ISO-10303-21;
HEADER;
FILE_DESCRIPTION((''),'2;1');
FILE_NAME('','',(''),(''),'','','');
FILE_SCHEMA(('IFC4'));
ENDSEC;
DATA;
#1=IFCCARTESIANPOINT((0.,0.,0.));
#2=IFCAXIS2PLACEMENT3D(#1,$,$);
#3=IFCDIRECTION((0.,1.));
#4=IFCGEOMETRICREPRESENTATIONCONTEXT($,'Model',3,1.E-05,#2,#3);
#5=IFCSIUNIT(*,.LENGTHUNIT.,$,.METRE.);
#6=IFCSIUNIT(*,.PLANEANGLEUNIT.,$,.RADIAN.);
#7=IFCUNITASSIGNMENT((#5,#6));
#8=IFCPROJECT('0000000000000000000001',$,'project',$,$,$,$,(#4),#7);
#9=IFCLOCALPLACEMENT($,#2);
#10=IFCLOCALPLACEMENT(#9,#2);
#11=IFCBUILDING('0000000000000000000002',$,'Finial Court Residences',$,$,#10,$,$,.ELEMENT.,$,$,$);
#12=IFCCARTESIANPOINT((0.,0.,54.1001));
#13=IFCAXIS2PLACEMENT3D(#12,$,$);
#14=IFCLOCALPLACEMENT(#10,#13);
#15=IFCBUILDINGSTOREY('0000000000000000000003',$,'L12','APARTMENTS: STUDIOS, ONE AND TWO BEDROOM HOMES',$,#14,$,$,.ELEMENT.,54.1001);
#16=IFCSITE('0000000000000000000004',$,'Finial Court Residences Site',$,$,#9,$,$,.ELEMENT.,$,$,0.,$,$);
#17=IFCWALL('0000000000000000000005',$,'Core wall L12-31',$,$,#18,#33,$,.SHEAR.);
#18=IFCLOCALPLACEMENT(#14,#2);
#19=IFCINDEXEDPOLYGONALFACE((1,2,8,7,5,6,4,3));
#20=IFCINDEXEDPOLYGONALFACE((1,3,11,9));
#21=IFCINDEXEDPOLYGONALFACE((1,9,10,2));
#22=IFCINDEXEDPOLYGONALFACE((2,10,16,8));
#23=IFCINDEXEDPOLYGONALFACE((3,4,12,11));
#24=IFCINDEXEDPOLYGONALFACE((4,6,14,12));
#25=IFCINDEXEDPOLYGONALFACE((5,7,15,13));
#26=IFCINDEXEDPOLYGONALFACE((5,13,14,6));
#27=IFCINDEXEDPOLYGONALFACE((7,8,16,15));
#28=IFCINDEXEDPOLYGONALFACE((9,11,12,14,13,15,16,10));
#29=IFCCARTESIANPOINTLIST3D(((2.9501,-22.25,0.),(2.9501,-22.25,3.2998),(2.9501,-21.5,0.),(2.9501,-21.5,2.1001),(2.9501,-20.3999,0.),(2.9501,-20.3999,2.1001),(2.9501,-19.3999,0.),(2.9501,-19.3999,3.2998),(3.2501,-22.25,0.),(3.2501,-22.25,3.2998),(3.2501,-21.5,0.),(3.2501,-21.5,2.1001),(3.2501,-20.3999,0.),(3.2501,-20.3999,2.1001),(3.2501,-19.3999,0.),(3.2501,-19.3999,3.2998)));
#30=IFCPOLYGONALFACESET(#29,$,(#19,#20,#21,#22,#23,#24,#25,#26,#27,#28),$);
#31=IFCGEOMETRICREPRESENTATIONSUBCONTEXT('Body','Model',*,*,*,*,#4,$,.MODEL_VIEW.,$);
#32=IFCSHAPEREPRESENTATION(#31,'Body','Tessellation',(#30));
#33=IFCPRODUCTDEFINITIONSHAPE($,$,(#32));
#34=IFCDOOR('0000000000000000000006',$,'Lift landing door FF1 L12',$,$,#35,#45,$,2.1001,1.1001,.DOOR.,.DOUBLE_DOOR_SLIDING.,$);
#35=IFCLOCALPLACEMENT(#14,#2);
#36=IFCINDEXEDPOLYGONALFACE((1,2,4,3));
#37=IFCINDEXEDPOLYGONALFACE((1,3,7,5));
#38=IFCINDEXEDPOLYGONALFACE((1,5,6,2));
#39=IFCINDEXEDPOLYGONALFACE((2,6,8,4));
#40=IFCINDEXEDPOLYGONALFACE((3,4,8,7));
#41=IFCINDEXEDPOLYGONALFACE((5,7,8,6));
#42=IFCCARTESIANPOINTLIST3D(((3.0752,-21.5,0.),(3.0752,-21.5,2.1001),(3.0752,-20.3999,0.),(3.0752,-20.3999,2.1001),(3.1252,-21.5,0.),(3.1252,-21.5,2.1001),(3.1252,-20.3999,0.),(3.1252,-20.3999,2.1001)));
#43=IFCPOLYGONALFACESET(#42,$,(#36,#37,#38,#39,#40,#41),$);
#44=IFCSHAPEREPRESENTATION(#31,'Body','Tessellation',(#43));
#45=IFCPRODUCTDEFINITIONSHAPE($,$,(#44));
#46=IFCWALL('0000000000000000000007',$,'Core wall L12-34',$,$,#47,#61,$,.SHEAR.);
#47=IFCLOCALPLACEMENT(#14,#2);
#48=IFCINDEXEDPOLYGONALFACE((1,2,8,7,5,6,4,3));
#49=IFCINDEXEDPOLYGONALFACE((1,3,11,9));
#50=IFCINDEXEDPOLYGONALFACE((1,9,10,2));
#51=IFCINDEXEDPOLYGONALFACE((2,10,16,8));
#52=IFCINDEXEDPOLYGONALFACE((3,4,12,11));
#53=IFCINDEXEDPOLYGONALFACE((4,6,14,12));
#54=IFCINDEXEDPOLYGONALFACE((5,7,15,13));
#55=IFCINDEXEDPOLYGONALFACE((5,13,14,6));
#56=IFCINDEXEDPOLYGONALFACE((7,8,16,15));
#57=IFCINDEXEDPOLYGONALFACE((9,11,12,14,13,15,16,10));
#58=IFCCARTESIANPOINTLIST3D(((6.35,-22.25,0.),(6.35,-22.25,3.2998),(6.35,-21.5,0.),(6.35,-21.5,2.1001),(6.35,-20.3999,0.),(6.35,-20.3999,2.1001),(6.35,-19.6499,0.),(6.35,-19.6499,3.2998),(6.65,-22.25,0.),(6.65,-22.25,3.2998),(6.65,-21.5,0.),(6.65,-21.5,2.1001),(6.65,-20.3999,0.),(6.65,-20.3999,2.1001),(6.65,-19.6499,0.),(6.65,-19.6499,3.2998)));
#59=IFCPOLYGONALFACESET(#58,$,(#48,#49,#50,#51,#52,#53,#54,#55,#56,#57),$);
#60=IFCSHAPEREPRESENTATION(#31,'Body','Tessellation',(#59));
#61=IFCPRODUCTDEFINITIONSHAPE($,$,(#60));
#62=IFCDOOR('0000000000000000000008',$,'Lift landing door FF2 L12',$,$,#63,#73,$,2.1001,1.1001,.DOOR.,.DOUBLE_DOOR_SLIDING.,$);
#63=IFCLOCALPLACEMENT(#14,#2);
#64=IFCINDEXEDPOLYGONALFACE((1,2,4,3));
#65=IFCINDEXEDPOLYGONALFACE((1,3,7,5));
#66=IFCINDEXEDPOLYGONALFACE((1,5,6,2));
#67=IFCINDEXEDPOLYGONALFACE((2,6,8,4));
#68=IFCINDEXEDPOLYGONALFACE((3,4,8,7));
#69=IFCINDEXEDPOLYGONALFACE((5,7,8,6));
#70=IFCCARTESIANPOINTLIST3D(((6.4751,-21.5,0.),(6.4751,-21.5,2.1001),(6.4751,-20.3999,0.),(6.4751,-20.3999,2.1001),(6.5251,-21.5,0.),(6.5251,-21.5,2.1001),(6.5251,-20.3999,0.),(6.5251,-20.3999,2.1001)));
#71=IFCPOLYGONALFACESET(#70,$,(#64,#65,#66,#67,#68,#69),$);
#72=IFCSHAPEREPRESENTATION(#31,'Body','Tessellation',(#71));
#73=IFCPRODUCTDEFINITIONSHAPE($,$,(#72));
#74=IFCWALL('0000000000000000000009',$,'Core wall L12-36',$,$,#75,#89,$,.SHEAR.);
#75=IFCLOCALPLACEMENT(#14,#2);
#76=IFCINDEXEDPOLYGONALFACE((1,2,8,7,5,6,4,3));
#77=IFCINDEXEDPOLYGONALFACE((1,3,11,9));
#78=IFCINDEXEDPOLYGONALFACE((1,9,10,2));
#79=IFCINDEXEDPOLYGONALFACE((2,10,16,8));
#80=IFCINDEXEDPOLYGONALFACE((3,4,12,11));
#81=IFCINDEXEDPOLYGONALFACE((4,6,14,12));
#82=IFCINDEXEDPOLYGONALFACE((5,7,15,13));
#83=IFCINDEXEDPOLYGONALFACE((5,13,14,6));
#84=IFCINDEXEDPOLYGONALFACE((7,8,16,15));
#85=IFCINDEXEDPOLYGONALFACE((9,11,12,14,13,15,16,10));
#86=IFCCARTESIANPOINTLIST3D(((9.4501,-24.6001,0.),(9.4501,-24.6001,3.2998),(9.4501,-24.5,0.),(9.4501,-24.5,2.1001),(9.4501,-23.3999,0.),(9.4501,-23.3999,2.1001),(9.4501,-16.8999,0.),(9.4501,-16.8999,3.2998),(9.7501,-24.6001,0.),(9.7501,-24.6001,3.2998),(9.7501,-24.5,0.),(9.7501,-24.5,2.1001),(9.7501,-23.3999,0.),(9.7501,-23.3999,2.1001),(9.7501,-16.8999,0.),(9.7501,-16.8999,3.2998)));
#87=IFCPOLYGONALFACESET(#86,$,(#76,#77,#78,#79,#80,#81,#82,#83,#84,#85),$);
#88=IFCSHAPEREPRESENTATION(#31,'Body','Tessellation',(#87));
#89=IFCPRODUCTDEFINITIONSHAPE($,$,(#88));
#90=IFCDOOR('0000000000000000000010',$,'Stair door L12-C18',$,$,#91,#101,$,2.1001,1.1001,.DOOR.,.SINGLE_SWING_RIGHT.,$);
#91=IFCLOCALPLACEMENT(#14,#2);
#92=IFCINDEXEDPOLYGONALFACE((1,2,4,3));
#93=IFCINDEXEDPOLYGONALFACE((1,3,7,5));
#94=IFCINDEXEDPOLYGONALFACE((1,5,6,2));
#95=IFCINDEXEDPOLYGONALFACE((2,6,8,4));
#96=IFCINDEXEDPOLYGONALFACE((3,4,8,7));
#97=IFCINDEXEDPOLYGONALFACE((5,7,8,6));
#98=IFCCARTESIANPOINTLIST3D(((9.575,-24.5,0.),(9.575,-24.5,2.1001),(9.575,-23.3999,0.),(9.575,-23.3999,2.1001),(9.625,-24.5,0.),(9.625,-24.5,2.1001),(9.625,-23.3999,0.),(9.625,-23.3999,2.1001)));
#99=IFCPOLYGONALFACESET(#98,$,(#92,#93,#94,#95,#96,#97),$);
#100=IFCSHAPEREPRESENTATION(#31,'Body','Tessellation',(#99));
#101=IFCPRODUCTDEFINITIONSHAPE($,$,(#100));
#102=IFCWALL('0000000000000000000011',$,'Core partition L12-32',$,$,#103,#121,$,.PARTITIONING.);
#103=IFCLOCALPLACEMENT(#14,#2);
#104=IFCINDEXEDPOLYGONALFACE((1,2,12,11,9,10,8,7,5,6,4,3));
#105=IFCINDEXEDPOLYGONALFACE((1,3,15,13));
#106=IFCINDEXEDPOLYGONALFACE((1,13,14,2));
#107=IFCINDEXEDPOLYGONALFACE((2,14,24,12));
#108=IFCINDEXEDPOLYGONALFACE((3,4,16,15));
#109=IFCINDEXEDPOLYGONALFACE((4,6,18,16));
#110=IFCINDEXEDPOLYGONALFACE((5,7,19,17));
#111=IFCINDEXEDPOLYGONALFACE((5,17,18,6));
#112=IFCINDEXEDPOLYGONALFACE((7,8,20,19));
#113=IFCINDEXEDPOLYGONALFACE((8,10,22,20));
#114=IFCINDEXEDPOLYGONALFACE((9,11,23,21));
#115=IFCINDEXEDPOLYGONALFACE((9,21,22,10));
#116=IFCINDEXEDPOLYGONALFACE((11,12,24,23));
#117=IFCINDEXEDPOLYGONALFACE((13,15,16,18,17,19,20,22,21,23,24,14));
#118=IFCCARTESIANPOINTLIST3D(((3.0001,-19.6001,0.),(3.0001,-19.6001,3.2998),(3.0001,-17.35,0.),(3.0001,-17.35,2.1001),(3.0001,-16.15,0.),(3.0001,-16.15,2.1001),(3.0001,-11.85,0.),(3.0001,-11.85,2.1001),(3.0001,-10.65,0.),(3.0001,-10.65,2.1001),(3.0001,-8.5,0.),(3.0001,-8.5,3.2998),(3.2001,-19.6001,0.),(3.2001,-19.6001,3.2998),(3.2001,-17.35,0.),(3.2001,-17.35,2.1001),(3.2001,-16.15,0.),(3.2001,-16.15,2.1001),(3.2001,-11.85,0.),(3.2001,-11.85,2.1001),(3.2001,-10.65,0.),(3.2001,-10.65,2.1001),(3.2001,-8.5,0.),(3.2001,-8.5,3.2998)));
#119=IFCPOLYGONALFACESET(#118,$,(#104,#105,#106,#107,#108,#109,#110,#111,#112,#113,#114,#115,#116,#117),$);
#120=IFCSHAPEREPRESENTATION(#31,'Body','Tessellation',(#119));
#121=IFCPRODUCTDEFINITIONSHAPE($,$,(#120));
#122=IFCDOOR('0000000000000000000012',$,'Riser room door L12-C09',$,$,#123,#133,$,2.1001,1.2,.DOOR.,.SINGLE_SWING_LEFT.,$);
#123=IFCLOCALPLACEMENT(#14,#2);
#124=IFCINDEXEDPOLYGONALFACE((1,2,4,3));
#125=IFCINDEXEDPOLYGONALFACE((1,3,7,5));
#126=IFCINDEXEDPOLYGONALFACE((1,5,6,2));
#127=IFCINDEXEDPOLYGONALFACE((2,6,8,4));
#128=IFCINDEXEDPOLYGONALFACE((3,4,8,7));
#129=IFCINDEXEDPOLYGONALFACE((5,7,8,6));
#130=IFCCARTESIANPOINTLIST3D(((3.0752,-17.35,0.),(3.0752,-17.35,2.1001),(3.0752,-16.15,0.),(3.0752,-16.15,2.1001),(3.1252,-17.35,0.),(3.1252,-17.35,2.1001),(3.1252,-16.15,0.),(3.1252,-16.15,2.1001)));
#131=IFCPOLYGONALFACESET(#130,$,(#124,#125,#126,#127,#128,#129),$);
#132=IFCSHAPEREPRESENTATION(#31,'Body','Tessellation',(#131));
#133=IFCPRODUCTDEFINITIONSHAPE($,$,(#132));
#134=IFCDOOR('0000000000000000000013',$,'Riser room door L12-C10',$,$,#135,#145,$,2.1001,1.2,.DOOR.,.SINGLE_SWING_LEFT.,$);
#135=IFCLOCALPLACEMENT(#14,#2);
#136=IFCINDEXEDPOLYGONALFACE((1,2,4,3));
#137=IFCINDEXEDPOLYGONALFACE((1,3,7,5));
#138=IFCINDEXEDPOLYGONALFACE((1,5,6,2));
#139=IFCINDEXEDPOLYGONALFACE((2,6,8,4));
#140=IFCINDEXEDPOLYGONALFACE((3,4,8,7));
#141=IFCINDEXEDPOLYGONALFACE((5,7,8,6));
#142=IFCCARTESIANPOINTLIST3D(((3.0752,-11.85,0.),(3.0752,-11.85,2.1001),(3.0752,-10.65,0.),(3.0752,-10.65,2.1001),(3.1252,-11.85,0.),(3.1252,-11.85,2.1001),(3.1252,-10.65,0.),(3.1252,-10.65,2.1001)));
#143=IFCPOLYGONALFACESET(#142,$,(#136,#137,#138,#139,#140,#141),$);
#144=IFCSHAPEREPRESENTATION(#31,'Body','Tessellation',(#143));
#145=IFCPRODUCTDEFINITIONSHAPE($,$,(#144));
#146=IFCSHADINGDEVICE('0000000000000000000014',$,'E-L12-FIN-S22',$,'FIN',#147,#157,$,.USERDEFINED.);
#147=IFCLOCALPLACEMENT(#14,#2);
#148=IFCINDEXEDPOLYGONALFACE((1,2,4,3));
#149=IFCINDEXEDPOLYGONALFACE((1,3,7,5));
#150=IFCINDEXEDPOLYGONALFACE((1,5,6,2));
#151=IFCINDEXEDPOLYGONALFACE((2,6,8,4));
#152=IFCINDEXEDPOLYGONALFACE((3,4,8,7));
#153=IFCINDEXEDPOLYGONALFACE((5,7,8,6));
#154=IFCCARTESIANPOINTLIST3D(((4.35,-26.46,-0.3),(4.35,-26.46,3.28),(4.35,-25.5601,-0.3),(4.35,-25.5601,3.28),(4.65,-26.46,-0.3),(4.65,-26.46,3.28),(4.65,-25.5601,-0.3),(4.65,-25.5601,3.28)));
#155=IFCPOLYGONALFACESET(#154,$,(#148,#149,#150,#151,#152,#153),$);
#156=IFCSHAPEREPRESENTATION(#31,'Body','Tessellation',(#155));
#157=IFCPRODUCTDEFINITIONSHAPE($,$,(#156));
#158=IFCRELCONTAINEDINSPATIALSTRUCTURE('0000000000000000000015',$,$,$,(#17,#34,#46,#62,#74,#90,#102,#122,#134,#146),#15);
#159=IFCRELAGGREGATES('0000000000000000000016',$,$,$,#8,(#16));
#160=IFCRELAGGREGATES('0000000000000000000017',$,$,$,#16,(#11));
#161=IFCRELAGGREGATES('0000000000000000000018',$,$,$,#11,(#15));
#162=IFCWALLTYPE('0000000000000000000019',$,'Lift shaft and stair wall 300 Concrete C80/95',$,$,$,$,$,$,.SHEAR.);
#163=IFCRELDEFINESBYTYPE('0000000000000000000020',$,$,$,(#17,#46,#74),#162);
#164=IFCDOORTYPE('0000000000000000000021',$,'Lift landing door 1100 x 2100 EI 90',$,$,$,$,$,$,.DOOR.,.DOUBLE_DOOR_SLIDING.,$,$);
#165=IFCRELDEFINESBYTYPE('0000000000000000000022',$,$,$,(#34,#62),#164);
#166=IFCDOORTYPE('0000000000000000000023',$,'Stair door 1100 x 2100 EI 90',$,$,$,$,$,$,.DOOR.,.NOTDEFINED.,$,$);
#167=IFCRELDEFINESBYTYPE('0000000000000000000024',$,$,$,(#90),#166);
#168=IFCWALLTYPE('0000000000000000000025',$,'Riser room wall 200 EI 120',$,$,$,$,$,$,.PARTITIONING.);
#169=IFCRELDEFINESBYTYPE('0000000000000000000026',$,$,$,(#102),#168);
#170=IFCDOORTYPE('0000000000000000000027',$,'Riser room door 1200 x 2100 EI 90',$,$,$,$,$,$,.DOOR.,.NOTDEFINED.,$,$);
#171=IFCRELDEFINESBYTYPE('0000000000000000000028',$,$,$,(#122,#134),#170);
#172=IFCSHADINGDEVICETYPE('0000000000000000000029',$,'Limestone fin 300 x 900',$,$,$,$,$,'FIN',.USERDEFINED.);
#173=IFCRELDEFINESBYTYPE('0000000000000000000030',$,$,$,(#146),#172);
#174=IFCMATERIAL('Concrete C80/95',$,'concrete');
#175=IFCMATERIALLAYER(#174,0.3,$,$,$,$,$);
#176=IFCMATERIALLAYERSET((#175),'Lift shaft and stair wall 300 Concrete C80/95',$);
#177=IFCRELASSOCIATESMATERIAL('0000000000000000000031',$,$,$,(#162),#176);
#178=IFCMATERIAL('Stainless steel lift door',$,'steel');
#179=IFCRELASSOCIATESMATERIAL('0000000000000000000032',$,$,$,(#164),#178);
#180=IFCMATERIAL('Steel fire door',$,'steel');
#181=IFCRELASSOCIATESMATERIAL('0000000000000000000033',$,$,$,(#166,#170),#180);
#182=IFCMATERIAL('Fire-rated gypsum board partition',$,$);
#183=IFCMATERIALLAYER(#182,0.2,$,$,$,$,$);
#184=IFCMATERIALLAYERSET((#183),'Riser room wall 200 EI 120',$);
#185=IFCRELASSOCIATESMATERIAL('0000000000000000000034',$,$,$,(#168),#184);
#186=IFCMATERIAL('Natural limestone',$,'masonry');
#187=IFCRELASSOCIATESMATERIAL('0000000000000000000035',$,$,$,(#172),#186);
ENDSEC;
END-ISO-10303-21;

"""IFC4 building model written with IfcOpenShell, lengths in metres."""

from ifc_helpers import new_model, si_unit, direction, frame, frame_2d, origin, origin_2d, place, context, subcontext, project, spatial, rectangle, extrude, material, layer, layer_set, type_object, element, fill, save


model = new_model("IFC4")

# Units and contexts
model_context = context("Model", 3, precision=1e-05, world=origin(), true_north=direction((0.0, 1.0)))
body_context = subcontext(model_context, "Body", "Model", "MODEL_VIEW")
ifc_project = project(units=[si_unit("LENGTHUNIT", "METRE"), si_unit("PLANEANGLEUNIT", "RADIAN")], contexts=[model_context])

# Site, building, storey
site_placement = place(None, origin())
site = spatial("IfcSite", under=ifc_project, at=site_placement, Name="Finial Court Residences Site", CompositionType="ELEMENT", RefElevation=0.0)
building_placement = place(site_placement, origin())
building = spatial("IfcBuilding", under=site, at=building_placement, Name="Finial Court Residences", CompositionType="ELEMENT")
storey_placement = place(building_placement, frame((0.0, 0.0, 54.1001)))
storey = spatial("IfcBuildingStorey", under=building, at=storey_placement, Name="L12", Description="APARTMENTS: STUDIOS, ONE AND TWO BEDROOM HOMES", CompositionType="ELEMENT", Elevation=54.1001)

# Shared definitions
ifc_material_1 = material(Name="Fire-rated gypsum board partition")
ifc_material_2 = material(Name="Steel fire door", Category="steel")

# Shared definitions
ifc_material_3 = material(Name="Concrete C80/95", Category="concrete")
ifc_layer_1 = layer(ifc_material_3, 0.3)
ifc_layer_set_1 = layer_set([ifc_layer_1], Name="Lift shaft and stair wall 300 Concrete C80/95")
wall_type_1 = type_object("IfcWallType", Name="Lift shaft and stair wall 300 Concrete C80/95", PredefinedType="SHEAR", material=ifc_layer_set_1)

# Walls, openings, doors
wall_1_placement = place(storey_placement, frame((3.1001, -22.25, 0.0), z_axis=(0.0, 0.0, 1.0), x_axis=(0.0, 1.0, 0.0)))
wall_1 = element("IfcWall", 1, at=wall_1_placement, inside=storey, type_object=wall_type_1, Name="Core wall L12-31", PredefinedType="SHEAR", context=body_context, shape_type="SweptSolid", body=[
    extrude(rectangle(XDim=2.8501, YDim=0.3, at=frame_2d((1.425, 0.0))), origin(), (0.0, 0.0, 1.0), 3.2998),
])
opening_1_placement = place(wall_1_placement, frame((0.75, 0.0, 0.0)))
opening_1 = element("IfcOpeningElement", 2, at=opening_1_placement, cuts=wall_1, PredefinedType="OPENING", context=body_context, shape_type="SweptSolid", body=[
    extrude(rectangle(XDim=1.1001, YDim=2.1001, at=frame_2d((0.55, 1.05))), frame((0.0, 0.1599, 0.0), z_axis=(0.0, -1.0, 0.0), x_axis=(1.0, 0.0, 0.0)), (0.0, 0.0, 1.0), 0.3201),
])
ifc_material_4 = material(Name="Stainless steel lift door", Category="steel")
door_type_1 = type_object("IfcDoorType", Name="Lift landing door 1100 x 2100 EI 90", OperationType="DOUBLE_DOOR_SLIDING", PredefinedType="DOOR", material=ifc_material_4)
door_1_placement = place(opening_1_placement, origin())
door_1 = element("IfcDoor", 3, at=door_1_placement, inside=storey, type_object=door_type_1, Name="Lift landing door FF1 L12", OperationType="DOUBLE_DOOR_SLIDING", OverallHeight=2.1001, OverallWidth=1.1001, PredefinedType="DOOR", context=body_context, shape_type="SweptSolid", body=[
    extrude(rectangle(XDim=1.1001, YDim=2.1001, at=frame_2d((0.55, 1.05))), frame((0.0, 0.0249, 0.0), z_axis=(0.0, -1.0, 0.0), x_axis=(1.0, 0.0, 0.0)), (0.0, 0.0, 1.0), 0.05),
])
fill(opening_1, door_1)
wall_2_placement = place(storey_placement, frame((6.5, -22.25, 0.0), z_axis=(0.0, 0.0, 1.0), x_axis=(0.0, 1.0, 0.0)))
wall_2 = element("IfcWall", 4, at=wall_2_placement, inside=storey, type_object=wall_type_1, Name="Core wall L12-34", PredefinedType="SHEAR", context=body_context, shape_type="SweptSolid", body=[
    extrude(rectangle(XDim=2.6001, YDim=0.3, at=frame_2d((1.3, 0.0))), origin(), (0.0, 0.0, 1.0), 3.2998),
])
opening_2_placement = place(wall_2_placement, frame((0.75, 0.0, 0.0)))
opening_2 = element("IfcOpeningElement", 5, at=opening_2_placement, cuts=wall_2, PredefinedType="OPENING", context=body_context, shape_type="SweptSolid", body=[
    extrude(rectangle(XDim=1.1001, YDim=2.1001, at=frame_2d((0.55, 1.05))), frame((0.0, 0.1599, 0.0), z_axis=(0.0, -1.0, 0.0), x_axis=(1.0, 0.0, 0.0)), (0.0, 0.0, 1.0), 0.3201),
])
door_2_placement = place(opening_2_placement, origin())
door_2 = element("IfcDoor", 6, at=door_2_placement, inside=storey, type_object=door_type_1, Name="Lift landing door FF2 L12", OperationType="DOUBLE_DOOR_SLIDING", OverallHeight=2.1001, OverallWidth=1.1001, PredefinedType="DOOR", context=body_context, shape_type="SweptSolid", body=[
    extrude(rectangle(XDim=1.1001, YDim=2.1001, at=frame_2d((0.55, 1.05))), frame((0.0, 0.0249, 0.0), z_axis=(0.0, -1.0, 0.0), x_axis=(1.0, 0.0, 0.0)), (0.0, 0.0, 1.0), 0.05),
])
fill(opening_2, door_2)
wall_3_placement = place(storey_placement, frame((9.6001, -16.8999, 0.0), z_axis=(0.0, 0.0, 1.0), x_axis=(0.0, -1.0, 0.0)))
wall_3 = element("IfcWall", 7, at=wall_3_placement, inside=storey, type_object=wall_type_1, Name="Core wall L12-36", PredefinedType="SHEAR", context=body_context, shape_type="SweptSolid", body=[
    extrude(rectangle(XDim=7.7002, YDim=0.3, at=frame_2d((3.8501, 0.0))), origin(), (0.0, 0.0, 1.0), 3.2998),
])
opening_3_placement = place(wall_3_placement, frame((6.5, 0.0, 0.0)))
opening_3 = element("IfcOpeningElement", 8, at=opening_3_placement, cuts=wall_3, PredefinedType="OPENING", context=body_context, shape_type="SweptSolid", body=[
    extrude(rectangle(XDim=1.1001, YDim=2.1001, at=frame_2d((0.55, 1.05))), frame((0.0, 0.1599, 0.0), z_axis=(0.0, -1.0, 0.0), x_axis=(1.0, 0.0, 0.0)), (0.0, 0.0, 1.0), 0.3201),
])
door_type_2 = type_object("IfcDoorType", Name="Stair door 1100 x 2100 EI 90", OperationType="NOTDEFINED", PredefinedType="DOOR", material=ifc_material_2)
door_3_placement = place(opening_3_placement, origin())
door_3 = element("IfcDoor", 9, at=door_3_placement, inside=storey, type_object=door_type_2, Name="Stair door L12-C18", OperationType="SINGLE_SWING_RIGHT", OverallHeight=2.1001, OverallWidth=1.1001, PredefinedType="DOOR", context=body_context, shape_type="SweptSolid", body=[
    extrude(rectangle(XDim=1.1001, YDim=2.1001, at=frame_2d((0.55, 1.05))), frame((0.0, 0.0249, 0.0), z_axis=(0.0, -1.0, 0.0), x_axis=(1.0, 0.0, 0.0)), (0.0, 0.0, 1.0), 0.05),
])
fill(opening_3, door_3)

# Wall, openings, doors
ifc_layer_2 = layer(ifc_material_1, 0.2)
ifc_layer_set_2 = layer_set([ifc_layer_2], Name="Riser room wall 200 EI 120")
wall_type_2 = type_object("IfcWallType", Name="Riser room wall 200 EI 120", PredefinedType="PARTITIONING", material=ifc_layer_set_2)
wall_4_placement = place(storey_placement, frame((3.1001, -19.6001, 0.0), z_axis=(0.0, 0.0, 1.0), x_axis=(0.0, 1.0, 0.0)))
wall_4 = element("IfcWall", 10, at=wall_4_placement, inside=storey, type_object=wall_type_2, Name="Core partition L12-32", PredefinedType="PARTITIONING", context=body_context, shape_type="SweptSolid", body=[
    extrude(rectangle(XDim=11.1001, YDim=0.2, at=frame_2d((5.55, 0.0))), origin(), (0.0, 0.0, 1.0), 3.2998),
])
opening_4_placement = place(wall_4_placement, frame((2.25, 0.0, 0.0)))
opening_4 = element("IfcOpeningElement", 11, at=opening_4_placement, cuts=wall_4, PredefinedType="OPENING", context=body_context, shape_type="SweptSolid", body=[
    extrude(rectangle(XDim=1.2, YDim=2.1001, at=frame_2d((0.6001, 1.05))), frame((0.0, 0.1099, 0.0), z_axis=(0.0, -1.0, 0.0), x_axis=(1.0, 0.0, 0.0)), (0.0, 0.0, 1.0), 0.22),
])
opening_5_placement = place(wall_4_placement, frame((7.75, 0.0, 0.0)))
opening_5 = element("IfcOpeningElement", 12, at=opening_5_placement, cuts=wall_4, PredefinedType="OPENING", context=body_context, shape_type="SweptSolid", body=[
    extrude(rectangle(XDim=1.2, YDim=2.1001, at=frame_2d((0.6001, 1.05))), frame((0.0, 0.1099, 0.0), z_axis=(0.0, -1.0, 0.0), x_axis=(1.0, 0.0, 0.0)), (0.0, 0.0, 1.0), 0.22),
])
door_type_3 = type_object("IfcDoorType", Name="Riser room door 1200 x 2100 EI 90", OperationType="NOTDEFINED", PredefinedType="DOOR", material=ifc_material_2)
door_4_placement = place(opening_4_placement, origin())
door_4 = element("IfcDoor", 13, at=door_4_placement, inside=storey, type_object=door_type_3, Name="Riser room door L12-C09", OperationType="SINGLE_SWING_LEFT", OverallHeight=2.1001, OverallWidth=1.2, PredefinedType="DOOR", context=body_context, shape_type="SweptSolid", body=[
    extrude(rectangle(XDim=1.2, YDim=2.1001, at=frame_2d((0.6001, 1.05))), frame((0.0, 0.0249, 0.0), z_axis=(0.0, -1.0, 0.0), x_axis=(1.0, 0.0, 0.0)), (0.0, 0.0, 1.0), 0.05),
])
fill(opening_4, door_4)
door_5_placement = place(opening_5_placement, origin())
door_5 = element("IfcDoor", 14, at=door_5_placement, inside=storey, type_object=door_type_3, Name="Riser room door L12-C10", OperationType="SINGLE_SWING_LEFT", OverallHeight=2.1001, OverallWidth=1.2, PredefinedType="DOOR", context=body_context, shape_type="SweptSolid", body=[
    extrude(rectangle(XDim=1.2, YDim=2.1001, at=frame_2d((0.6001, 1.05))), frame((0.0, 0.0249, 0.0), z_axis=(0.0, -1.0, 0.0), x_axis=(1.0, 0.0, 0.0)), (0.0, 0.0, 1.0), 0.05),
])
fill(opening_5, door_5)

# Shading device
ifc_material_5 = material(Name="Natural limestone", Category="masonry")
shading_device_type = type_object("IfcShadingDeviceType", Name="Limestone fin 300 x 900", ElementType="FIN", PredefinedType="USERDEFINED", material=ifc_material_5)
shading_device_placement = place(storey_placement, frame((4.5, -26.01, -0.3), z_axis=(0.0, 0.0, 1.0), x_axis=(1.0, 0.0, 0.0)))
element("IfcShadingDevice", 15, at=shading_device_placement, inside=storey, type_object=shading_device_type, Name="E-L12-FIN-S22", ObjectType="FIN", PredefinedType="USERDEFINED", context=body_context, shape_type="SweptSolid", body=[
    extrude(rectangle(XDim=0.3, YDim=0.8999, at=origin_2d()), origin(), (0.0, 0.0, 1.0), 3.5801),
])

save(model, "model.ifc")
